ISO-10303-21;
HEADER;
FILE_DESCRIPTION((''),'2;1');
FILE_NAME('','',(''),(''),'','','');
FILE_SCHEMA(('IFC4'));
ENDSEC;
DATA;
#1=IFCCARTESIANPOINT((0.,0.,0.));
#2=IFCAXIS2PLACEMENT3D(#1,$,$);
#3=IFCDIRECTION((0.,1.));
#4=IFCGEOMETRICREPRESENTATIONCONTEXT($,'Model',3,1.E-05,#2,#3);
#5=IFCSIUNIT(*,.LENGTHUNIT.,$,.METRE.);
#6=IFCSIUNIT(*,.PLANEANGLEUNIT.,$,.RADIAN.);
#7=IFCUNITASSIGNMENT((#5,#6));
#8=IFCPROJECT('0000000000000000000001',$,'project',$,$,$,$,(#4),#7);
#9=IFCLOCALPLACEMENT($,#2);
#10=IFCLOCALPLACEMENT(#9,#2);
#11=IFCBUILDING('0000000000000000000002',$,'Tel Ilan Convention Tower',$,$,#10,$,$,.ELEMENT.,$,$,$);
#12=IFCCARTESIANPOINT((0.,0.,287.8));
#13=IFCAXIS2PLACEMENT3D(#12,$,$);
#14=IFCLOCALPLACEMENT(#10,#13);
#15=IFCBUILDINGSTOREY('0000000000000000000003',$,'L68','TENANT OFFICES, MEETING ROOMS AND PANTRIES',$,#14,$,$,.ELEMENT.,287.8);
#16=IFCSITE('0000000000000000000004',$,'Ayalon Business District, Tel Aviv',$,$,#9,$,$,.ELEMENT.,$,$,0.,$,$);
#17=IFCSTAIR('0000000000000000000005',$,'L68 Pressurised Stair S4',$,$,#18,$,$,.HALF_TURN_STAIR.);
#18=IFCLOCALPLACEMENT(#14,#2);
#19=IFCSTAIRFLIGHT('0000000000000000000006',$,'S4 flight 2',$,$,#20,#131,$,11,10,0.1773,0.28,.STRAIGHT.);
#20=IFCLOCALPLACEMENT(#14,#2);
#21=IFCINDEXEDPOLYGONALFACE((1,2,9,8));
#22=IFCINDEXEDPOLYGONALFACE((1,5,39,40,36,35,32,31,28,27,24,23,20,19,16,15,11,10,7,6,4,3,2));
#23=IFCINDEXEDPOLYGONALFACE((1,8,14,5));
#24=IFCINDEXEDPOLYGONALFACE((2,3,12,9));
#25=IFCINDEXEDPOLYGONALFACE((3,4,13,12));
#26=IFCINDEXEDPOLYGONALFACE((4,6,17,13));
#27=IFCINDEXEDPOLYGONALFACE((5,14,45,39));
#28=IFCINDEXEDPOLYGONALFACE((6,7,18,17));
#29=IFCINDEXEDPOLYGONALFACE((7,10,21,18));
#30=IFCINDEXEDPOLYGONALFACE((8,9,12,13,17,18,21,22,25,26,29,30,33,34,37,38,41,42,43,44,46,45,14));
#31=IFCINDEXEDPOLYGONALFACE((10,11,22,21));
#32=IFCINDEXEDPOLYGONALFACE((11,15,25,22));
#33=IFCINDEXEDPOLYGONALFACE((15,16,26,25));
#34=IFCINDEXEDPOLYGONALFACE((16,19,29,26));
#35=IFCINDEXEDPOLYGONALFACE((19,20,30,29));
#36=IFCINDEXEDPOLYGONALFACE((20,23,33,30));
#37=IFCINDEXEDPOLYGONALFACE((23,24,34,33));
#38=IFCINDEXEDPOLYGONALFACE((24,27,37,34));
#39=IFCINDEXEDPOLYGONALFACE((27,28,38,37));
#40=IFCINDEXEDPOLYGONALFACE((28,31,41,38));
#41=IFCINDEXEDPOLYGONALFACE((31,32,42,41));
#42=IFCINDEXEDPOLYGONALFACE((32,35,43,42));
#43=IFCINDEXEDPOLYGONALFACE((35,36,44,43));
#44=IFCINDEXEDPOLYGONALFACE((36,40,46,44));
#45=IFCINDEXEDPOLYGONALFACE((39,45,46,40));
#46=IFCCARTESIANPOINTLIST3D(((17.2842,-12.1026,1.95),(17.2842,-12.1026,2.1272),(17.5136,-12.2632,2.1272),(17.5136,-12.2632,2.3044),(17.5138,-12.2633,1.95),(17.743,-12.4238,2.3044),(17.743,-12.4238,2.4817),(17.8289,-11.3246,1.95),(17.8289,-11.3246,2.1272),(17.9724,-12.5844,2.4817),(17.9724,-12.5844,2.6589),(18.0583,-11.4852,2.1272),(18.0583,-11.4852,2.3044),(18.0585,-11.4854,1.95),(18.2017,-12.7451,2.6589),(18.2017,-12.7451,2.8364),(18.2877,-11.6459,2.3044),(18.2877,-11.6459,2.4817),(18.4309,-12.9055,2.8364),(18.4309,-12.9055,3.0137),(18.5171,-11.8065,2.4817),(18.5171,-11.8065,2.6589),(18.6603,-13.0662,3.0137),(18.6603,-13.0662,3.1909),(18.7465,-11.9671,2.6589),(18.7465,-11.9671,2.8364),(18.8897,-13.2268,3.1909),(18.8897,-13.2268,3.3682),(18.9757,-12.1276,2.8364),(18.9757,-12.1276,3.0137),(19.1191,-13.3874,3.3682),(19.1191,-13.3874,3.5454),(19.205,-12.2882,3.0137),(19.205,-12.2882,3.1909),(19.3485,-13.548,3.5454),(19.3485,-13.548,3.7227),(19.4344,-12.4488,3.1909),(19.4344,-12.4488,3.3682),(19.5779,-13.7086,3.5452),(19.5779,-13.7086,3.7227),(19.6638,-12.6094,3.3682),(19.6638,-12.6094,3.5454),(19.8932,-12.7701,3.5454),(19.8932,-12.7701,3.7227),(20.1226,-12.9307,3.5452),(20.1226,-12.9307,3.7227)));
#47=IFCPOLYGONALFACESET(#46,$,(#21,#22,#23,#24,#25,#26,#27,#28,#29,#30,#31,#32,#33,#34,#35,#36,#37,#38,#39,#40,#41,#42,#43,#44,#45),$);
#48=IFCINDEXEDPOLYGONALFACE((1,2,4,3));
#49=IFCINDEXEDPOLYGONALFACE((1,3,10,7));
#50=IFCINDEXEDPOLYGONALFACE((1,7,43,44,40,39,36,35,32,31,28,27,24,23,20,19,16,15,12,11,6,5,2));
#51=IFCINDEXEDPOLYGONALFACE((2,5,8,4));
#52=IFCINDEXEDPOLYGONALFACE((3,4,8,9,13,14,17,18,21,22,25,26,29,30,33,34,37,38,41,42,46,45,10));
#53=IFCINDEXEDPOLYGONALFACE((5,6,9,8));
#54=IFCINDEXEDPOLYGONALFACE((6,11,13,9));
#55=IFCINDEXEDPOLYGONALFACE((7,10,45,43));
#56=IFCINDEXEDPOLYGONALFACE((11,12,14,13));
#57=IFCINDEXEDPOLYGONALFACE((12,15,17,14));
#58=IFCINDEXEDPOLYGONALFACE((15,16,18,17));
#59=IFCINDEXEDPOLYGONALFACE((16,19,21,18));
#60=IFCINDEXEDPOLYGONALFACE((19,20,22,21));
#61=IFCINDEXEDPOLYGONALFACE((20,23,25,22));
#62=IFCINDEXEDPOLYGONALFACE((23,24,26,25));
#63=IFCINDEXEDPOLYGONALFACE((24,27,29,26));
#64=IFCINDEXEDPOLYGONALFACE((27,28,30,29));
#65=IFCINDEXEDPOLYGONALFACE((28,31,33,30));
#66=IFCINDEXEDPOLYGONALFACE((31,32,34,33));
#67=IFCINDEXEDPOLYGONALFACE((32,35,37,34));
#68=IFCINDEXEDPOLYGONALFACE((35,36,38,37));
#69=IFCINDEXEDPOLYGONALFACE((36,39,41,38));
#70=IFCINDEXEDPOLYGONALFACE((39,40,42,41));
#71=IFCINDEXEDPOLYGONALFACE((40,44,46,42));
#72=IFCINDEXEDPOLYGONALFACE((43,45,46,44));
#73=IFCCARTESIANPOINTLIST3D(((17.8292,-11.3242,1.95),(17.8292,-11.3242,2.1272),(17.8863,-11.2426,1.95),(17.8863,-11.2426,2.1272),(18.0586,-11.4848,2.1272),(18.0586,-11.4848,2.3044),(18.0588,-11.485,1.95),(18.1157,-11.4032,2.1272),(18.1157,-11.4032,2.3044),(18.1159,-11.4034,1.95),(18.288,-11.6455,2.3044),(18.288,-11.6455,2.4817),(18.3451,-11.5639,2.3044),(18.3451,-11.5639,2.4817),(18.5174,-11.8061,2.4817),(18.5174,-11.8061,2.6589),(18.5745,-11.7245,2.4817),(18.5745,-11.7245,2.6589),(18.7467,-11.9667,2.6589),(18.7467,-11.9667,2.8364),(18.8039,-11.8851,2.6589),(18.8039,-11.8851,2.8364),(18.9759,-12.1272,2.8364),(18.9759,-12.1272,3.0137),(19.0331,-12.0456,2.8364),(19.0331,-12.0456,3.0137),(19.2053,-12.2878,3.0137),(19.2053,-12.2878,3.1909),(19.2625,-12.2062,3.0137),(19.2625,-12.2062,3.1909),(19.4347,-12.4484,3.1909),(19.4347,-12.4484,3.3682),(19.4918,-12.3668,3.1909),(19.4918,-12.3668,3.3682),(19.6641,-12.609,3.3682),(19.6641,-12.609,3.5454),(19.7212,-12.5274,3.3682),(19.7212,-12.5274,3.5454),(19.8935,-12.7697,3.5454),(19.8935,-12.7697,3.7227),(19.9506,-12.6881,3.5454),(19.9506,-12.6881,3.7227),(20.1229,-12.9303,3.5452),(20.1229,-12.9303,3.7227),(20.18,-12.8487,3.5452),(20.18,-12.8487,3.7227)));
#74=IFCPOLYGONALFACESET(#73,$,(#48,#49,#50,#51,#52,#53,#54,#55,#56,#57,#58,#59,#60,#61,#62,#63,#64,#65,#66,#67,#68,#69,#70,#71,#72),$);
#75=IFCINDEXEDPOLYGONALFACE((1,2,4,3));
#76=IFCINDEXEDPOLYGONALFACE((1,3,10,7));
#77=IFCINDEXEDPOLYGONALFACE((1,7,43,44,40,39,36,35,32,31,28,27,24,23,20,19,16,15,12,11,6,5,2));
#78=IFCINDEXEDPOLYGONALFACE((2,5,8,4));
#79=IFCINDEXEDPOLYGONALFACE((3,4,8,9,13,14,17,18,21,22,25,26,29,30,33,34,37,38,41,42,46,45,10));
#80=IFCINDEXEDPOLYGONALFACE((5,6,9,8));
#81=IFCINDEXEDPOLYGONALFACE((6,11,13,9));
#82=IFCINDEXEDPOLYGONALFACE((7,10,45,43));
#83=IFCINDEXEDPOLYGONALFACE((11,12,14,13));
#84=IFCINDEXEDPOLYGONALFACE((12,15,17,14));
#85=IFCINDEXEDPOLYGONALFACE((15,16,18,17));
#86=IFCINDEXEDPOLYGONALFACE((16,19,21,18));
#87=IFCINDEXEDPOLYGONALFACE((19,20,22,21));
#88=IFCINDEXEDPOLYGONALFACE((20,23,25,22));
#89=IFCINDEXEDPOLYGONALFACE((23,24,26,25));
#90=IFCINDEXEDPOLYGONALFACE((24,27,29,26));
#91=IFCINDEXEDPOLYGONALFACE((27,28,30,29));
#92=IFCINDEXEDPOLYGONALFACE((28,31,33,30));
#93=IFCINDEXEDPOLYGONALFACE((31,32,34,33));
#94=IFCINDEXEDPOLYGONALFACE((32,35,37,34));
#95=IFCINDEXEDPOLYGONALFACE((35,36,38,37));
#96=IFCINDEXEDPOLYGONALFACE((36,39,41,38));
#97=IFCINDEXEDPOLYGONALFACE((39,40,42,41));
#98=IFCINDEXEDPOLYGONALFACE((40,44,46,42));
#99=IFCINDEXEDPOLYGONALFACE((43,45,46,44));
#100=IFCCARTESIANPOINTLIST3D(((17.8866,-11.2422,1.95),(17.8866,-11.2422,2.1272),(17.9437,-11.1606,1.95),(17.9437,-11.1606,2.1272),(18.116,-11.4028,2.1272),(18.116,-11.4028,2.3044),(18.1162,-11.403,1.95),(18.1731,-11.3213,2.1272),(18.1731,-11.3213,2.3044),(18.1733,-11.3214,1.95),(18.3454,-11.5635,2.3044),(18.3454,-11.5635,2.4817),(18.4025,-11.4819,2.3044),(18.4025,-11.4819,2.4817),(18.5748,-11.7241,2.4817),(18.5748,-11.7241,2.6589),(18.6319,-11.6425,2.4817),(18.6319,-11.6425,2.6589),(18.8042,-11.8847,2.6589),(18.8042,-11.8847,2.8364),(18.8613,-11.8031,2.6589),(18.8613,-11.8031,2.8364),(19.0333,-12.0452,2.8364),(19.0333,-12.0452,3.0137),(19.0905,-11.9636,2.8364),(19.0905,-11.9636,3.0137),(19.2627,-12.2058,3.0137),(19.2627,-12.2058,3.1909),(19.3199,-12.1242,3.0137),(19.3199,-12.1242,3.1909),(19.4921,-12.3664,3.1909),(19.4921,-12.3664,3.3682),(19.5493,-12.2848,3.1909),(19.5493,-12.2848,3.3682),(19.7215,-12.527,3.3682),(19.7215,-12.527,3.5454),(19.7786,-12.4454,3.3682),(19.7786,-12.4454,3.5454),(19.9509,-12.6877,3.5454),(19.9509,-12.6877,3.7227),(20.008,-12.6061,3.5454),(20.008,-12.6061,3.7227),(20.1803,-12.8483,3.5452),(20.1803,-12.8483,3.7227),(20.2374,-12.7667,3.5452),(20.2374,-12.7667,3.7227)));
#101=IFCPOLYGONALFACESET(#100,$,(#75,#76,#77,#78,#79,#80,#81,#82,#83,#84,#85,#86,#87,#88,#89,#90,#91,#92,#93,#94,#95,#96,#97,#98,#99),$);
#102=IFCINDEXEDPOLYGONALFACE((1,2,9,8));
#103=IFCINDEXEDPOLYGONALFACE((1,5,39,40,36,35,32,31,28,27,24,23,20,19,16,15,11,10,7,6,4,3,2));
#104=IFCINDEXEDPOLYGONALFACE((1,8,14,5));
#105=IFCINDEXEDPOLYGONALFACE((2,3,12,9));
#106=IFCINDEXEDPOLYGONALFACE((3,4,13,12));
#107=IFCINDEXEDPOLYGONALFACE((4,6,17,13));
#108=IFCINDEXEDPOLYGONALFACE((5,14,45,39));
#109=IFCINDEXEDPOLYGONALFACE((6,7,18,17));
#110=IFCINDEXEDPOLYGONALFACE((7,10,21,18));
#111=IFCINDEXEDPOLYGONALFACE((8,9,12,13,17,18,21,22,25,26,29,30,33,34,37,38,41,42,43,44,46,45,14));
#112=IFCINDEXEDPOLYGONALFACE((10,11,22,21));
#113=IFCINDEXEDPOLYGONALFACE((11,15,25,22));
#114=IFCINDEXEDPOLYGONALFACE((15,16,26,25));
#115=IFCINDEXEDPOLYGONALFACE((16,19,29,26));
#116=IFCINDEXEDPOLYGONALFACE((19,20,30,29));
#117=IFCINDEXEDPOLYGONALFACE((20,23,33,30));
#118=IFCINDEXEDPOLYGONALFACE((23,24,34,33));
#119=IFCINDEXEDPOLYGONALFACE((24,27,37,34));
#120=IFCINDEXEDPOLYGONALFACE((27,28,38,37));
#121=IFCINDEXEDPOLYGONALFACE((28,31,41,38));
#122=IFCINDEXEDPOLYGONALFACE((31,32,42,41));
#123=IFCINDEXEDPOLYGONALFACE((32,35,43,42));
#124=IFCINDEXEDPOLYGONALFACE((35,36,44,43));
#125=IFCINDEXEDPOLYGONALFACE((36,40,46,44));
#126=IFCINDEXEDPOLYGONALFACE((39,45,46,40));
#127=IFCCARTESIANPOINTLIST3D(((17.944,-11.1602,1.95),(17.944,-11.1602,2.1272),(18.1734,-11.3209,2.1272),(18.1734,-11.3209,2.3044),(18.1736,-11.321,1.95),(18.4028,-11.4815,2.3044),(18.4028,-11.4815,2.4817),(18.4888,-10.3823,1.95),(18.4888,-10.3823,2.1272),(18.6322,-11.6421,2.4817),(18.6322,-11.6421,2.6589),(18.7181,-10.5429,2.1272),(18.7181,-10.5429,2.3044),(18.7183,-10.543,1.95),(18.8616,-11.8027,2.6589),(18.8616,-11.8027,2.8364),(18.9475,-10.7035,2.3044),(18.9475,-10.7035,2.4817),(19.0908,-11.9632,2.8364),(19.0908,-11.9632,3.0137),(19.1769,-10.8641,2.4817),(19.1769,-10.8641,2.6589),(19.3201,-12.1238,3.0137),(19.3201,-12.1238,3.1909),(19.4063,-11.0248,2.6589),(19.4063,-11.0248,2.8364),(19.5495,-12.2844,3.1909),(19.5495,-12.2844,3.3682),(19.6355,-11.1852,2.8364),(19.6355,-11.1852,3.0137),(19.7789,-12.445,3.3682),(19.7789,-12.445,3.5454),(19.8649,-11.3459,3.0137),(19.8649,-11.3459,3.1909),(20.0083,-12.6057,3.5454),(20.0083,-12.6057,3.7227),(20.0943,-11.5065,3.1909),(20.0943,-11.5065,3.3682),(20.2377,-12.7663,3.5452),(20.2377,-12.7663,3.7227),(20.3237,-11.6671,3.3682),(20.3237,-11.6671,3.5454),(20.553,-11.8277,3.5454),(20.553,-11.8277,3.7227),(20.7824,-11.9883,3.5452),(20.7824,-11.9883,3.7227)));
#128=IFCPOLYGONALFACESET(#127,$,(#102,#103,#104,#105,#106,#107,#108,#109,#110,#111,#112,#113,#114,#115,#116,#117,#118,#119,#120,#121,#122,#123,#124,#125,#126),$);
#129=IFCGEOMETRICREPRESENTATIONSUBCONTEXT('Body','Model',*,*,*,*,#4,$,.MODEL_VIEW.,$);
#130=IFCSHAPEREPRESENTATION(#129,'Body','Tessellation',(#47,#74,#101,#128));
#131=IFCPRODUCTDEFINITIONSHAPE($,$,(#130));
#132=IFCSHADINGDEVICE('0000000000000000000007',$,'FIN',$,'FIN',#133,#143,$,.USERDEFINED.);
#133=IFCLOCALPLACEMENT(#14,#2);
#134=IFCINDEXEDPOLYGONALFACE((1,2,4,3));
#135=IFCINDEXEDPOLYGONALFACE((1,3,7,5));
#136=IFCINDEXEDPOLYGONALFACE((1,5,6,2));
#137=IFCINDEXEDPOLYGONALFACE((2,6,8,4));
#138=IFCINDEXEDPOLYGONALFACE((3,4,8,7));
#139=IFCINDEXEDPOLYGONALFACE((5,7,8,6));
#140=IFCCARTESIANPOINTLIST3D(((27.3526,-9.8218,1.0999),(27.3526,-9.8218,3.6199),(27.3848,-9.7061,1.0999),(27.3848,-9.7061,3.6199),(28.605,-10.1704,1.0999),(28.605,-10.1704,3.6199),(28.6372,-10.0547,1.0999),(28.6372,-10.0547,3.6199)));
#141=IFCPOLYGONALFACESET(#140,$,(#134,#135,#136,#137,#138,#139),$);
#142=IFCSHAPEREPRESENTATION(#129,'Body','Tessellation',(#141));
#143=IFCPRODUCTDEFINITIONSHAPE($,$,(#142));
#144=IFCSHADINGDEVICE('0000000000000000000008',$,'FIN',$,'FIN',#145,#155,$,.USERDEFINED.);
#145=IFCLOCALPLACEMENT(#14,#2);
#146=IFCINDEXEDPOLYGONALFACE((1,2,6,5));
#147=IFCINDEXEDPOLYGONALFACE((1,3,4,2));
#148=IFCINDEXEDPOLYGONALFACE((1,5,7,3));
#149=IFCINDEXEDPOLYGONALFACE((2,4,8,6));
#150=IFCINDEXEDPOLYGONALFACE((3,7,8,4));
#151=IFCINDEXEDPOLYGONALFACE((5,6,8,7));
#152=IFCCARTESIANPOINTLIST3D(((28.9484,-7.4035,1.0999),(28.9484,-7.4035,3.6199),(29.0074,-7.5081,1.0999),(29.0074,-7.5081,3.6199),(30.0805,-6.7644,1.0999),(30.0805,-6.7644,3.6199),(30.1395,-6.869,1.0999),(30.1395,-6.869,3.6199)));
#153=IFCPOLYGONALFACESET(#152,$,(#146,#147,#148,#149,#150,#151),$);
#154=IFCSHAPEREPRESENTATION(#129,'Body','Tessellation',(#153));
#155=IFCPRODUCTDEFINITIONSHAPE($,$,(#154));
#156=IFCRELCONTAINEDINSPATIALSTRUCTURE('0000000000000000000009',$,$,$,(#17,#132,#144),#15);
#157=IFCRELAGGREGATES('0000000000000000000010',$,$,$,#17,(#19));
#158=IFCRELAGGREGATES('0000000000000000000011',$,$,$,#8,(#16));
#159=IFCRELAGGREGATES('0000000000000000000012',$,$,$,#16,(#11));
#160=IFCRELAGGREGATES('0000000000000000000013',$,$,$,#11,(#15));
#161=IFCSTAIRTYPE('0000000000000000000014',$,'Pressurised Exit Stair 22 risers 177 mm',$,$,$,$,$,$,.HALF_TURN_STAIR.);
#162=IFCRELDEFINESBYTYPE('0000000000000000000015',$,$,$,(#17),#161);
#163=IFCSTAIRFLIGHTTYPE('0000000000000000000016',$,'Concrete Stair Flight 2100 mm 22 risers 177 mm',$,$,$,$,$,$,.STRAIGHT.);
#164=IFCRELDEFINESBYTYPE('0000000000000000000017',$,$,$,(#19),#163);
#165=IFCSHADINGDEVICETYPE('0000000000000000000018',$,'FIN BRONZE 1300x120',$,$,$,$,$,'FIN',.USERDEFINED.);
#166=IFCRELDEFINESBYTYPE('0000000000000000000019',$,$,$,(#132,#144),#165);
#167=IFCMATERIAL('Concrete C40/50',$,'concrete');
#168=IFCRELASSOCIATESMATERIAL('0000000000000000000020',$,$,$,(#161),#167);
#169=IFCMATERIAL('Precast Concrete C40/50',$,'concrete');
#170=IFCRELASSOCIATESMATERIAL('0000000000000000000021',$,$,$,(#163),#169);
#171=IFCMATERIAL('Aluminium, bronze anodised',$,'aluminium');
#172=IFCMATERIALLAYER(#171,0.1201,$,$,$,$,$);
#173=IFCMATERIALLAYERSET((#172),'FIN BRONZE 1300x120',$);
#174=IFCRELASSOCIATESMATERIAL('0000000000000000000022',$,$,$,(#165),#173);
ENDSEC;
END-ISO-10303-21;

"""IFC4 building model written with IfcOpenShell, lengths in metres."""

from ifc_helpers import new_model, si_unit, direction, frame, origin, origin_2d, place, context, subcontext, project, spatial, polyline, rectangle, outline, extrude, material, layer, layer_set, type_object, element, aggregate, save


model = new_model("IFC4")

# Units and contexts
model_context = context("Model", 3, precision=1e-05, world=origin(), true_north=direction((0.0, 1.0)))
body_context = subcontext(model_context, "Body", "Model", "MODEL_VIEW")
ifc_project = project(units=[si_unit("LENGTHUNIT", "METRE"), si_unit("PLANEANGLEUNIT", "RADIAN")], contexts=[model_context])

# Site, building, storey
site_placement = place(None, origin())
site = spatial("IfcSite", under=ifc_project, at=site_placement, Name="Ayalon Business District, Tel Aviv", CompositionType="ELEMENT", RefElevation=0.0)
building_placement = place(site_placement, origin())
building = spatial("IfcBuilding", under=site, at=building_placement, Name="Tel Ilan Convention Tower", CompositionType="ELEMENT")
storey_placement = place(building_placement, frame((0.0, 0.0, 287.8)))
storey = spatial("IfcBuildingStorey", under=building, at=storey_placement, Name="L68", Description="TENANT OFFICES, MEETING ROOMS AND PANTRIES", CompositionType="ELEMENT", Elevation=287.8)

# Shared definitions
ifc_material_1 = material(Name="Concrete C40/50", Category="concrete")
stair_type = type_object("IfcStairType", Name="Pressurised Exit Stair 22 risers 177 mm", PredefinedType="HALF_TURN_STAIR", material=ifc_material_1)
ifc_material_2 = material(Name="Precast Concrete C40/50", Category="concrete")
stair_flight_type = type_object("IfcStairFlightType", Name="Concrete Stair Flight 2100 mm 22 risers 177 mm", PredefinedType="STRAIGHT", material=ifc_material_2)

# Stair, stair flight
stair_1_placement = place(storey_placement, origin())
stair_1 = element("IfcStair", 1, at=stair_1_placement, inside=storey, type_object=stair_type, Name="L68 Pressurised Stair S4", PredefinedType="HALF_TURN_STAIR")
stair_flight_1_placement = place(storey_placement, frame((17.8865, -11.2424, 1.95), z_axis=(0.0, 0.0, 1.0), x_axis=(0.819152, -0.573576, 0.0)))
stair_flight_1 = element("IfcStairFlight", 2, at=stair_flight_1_placement, type_object=stair_flight_type, Name="S4 flight 2", NumberOfRisers=11, NumberOfTreads=10, PredefinedType="STRAIGHT", RiserHeight=0.1773, TreadLength=0.28, context=body_context, shape_type="SweptSolid", body=[
    extrude(outline(polyline([(0.0, 0.0), (0.0, 0.1772), (0.28, 0.1772), (0.28, 0.3545), (0.5601, 0.3545), (0.5601, 0.5317), (0.8401, 0.5317), (0.8401, 0.709), (1.1201, 0.709), (1.1201, 0.8865), (1.3999, 0.8865), (1.3999, 1.0637), (1.6799, 1.0637), (1.6799, 1.241), (1.96, 1.241), (1.96, 1.4182), (2.24, 1.4182), (2.24, 1.5955), (2.52, 1.5955), (2.52, 1.7727), (2.8, 1.7727), (2.8, 1.95), (2.8, 1.5952), (0.2803, 0.0), (0.0, 0.0)])), frame((0.0, -0.1003, 0.0), z_axis=(0.0, -1.0, 0.0), x_axis=(1.0, 0.0, 0.0)), (0.0, 0.0, 1.0), 0.9497),
    extrude(outline(polyline([(0.0, 0.0), (0.0, 0.1772), (0.28, 0.1772), (0.28, 0.3545), (0.5601, 0.3545), (0.5601, 0.5317), (0.8401, 0.5317), (0.8401, 0.709), (1.1201, 0.709), (1.1201, 0.8865), (1.3999, 0.8865), (1.3999, 1.0637), (1.6799, 1.0637), (1.6799, 1.241), (1.96, 1.241), (1.96, 1.4182), (2.24, 1.4182), (2.24, 1.5955), (2.52, 1.5955), (2.52, 1.7727), (2.8, 1.7727), (2.8, 1.95), (2.8, 1.5952), (0.2803, 0.0), (0.0, 0.0)])), frame((0.0, -0.0002, 0.0), z_axis=(0.0, -1.0, 0.0), x_axis=(1.0, 0.0, 0.0)), (0.0, 0.0, 1.0), 0.0996),
    extrude(outline(polyline([(0.0, 0.0), (0.0, 0.1772), (0.28, 0.1772), (0.28, 0.3545), (0.5601, 0.3545), (0.5601, 0.5317), (0.8401, 0.5317), (0.8401, 0.709), (1.1201, 0.709), (1.1201, 0.8865), (1.3999, 0.8865), (1.3999, 1.0637), (1.6799, 1.0637), (1.6799, 1.241), (1.96, 1.241), (1.96, 1.4182), (2.24, 1.4182), (2.24, 1.5955), (2.52, 1.5955), (2.52, 1.7727), (2.8, 1.7727), (2.8, 1.95), (2.8, 1.5952), (0.2803, 0.0), (0.0, 0.0)])), frame((0.0, 0.0999, 0.0), z_axis=(0.0, -1.0, 0.0), x_axis=(1.0, 0.0, 0.0)), (0.0, 0.0, 1.0), 0.0996),
    extrude(outline(polyline([(0.0, 0.0), (0.0, 0.1772), (0.28, 0.1772), (0.28, 0.3545), (0.5601, 0.3545), (0.5601, 0.5317), (0.8401, 0.5317), (0.8401, 0.709), (1.1201, 0.709), (1.1201, 0.8865), (1.3999, 0.8865), (1.3999, 1.0637), (1.6799, 1.0637), (1.6799, 1.241), (1.96, 1.241), (1.96, 1.4182), (2.24, 1.4182), (2.24, 1.5955), (2.52, 1.5955), (2.52, 1.7727), (2.8, 1.7727), (2.8, 1.95), (2.8, 1.5952), (0.2803, 0.0), (0.0, 0.0)])), frame((0.0, 1.05, 0.0), z_axis=(0.0, -1.0, 0.0), x_axis=(1.0, 0.0, 0.0)), (0.0, 0.0, 1.0), 0.9497),
])
aggregate(stair_1, [stair_flight_1])

# Shading devices
ifc_material_3 = material(Name="Aluminium, bronze anodised", Category="aluminium")
ifc_layer_1 = layer(ifc_material_3, 0.1201)
ifc_layer_set_1 = layer_set([ifc_layer_1], Name="FIN BRONZE 1300x120")
shading_device_type = type_object("IfcShadingDeviceType", Name="FIN BRONZE 1300x120", ElementType="FIN", PredefinedType="USERDEFINED", material=ifc_layer_set_1)
for number, where, z_axis, x_axis, name in (
    (3, (27.9949, -9.9382, 1.0999), (0.0, 0.0, 1.0), (0.963371, -0.268173, 0.0), "FIN"),
    (4, (29.5439, -7.1362, 1.0999), (0.0, 0.0, 1.0), (0.870833, 0.491579, 0.0), "FIN"),
):
    element("IfcShadingDevice", number, at=place(storey_placement, frame(where, z_axis=z_axis, x_axis=x_axis)), inside=storey, type_object=shading_device_type, Name=name, ObjectType="FIN", PredefinedType="USERDEFINED", context=body_context, shape_type="SweptSolid", body=[
        extrude(rectangle(XDim=1.3, YDim=0.1201, at=origin_2d()), origin(), (0.0, 0.0, 1.0), 2.52),
    ])

save(model, "model.ifc")
